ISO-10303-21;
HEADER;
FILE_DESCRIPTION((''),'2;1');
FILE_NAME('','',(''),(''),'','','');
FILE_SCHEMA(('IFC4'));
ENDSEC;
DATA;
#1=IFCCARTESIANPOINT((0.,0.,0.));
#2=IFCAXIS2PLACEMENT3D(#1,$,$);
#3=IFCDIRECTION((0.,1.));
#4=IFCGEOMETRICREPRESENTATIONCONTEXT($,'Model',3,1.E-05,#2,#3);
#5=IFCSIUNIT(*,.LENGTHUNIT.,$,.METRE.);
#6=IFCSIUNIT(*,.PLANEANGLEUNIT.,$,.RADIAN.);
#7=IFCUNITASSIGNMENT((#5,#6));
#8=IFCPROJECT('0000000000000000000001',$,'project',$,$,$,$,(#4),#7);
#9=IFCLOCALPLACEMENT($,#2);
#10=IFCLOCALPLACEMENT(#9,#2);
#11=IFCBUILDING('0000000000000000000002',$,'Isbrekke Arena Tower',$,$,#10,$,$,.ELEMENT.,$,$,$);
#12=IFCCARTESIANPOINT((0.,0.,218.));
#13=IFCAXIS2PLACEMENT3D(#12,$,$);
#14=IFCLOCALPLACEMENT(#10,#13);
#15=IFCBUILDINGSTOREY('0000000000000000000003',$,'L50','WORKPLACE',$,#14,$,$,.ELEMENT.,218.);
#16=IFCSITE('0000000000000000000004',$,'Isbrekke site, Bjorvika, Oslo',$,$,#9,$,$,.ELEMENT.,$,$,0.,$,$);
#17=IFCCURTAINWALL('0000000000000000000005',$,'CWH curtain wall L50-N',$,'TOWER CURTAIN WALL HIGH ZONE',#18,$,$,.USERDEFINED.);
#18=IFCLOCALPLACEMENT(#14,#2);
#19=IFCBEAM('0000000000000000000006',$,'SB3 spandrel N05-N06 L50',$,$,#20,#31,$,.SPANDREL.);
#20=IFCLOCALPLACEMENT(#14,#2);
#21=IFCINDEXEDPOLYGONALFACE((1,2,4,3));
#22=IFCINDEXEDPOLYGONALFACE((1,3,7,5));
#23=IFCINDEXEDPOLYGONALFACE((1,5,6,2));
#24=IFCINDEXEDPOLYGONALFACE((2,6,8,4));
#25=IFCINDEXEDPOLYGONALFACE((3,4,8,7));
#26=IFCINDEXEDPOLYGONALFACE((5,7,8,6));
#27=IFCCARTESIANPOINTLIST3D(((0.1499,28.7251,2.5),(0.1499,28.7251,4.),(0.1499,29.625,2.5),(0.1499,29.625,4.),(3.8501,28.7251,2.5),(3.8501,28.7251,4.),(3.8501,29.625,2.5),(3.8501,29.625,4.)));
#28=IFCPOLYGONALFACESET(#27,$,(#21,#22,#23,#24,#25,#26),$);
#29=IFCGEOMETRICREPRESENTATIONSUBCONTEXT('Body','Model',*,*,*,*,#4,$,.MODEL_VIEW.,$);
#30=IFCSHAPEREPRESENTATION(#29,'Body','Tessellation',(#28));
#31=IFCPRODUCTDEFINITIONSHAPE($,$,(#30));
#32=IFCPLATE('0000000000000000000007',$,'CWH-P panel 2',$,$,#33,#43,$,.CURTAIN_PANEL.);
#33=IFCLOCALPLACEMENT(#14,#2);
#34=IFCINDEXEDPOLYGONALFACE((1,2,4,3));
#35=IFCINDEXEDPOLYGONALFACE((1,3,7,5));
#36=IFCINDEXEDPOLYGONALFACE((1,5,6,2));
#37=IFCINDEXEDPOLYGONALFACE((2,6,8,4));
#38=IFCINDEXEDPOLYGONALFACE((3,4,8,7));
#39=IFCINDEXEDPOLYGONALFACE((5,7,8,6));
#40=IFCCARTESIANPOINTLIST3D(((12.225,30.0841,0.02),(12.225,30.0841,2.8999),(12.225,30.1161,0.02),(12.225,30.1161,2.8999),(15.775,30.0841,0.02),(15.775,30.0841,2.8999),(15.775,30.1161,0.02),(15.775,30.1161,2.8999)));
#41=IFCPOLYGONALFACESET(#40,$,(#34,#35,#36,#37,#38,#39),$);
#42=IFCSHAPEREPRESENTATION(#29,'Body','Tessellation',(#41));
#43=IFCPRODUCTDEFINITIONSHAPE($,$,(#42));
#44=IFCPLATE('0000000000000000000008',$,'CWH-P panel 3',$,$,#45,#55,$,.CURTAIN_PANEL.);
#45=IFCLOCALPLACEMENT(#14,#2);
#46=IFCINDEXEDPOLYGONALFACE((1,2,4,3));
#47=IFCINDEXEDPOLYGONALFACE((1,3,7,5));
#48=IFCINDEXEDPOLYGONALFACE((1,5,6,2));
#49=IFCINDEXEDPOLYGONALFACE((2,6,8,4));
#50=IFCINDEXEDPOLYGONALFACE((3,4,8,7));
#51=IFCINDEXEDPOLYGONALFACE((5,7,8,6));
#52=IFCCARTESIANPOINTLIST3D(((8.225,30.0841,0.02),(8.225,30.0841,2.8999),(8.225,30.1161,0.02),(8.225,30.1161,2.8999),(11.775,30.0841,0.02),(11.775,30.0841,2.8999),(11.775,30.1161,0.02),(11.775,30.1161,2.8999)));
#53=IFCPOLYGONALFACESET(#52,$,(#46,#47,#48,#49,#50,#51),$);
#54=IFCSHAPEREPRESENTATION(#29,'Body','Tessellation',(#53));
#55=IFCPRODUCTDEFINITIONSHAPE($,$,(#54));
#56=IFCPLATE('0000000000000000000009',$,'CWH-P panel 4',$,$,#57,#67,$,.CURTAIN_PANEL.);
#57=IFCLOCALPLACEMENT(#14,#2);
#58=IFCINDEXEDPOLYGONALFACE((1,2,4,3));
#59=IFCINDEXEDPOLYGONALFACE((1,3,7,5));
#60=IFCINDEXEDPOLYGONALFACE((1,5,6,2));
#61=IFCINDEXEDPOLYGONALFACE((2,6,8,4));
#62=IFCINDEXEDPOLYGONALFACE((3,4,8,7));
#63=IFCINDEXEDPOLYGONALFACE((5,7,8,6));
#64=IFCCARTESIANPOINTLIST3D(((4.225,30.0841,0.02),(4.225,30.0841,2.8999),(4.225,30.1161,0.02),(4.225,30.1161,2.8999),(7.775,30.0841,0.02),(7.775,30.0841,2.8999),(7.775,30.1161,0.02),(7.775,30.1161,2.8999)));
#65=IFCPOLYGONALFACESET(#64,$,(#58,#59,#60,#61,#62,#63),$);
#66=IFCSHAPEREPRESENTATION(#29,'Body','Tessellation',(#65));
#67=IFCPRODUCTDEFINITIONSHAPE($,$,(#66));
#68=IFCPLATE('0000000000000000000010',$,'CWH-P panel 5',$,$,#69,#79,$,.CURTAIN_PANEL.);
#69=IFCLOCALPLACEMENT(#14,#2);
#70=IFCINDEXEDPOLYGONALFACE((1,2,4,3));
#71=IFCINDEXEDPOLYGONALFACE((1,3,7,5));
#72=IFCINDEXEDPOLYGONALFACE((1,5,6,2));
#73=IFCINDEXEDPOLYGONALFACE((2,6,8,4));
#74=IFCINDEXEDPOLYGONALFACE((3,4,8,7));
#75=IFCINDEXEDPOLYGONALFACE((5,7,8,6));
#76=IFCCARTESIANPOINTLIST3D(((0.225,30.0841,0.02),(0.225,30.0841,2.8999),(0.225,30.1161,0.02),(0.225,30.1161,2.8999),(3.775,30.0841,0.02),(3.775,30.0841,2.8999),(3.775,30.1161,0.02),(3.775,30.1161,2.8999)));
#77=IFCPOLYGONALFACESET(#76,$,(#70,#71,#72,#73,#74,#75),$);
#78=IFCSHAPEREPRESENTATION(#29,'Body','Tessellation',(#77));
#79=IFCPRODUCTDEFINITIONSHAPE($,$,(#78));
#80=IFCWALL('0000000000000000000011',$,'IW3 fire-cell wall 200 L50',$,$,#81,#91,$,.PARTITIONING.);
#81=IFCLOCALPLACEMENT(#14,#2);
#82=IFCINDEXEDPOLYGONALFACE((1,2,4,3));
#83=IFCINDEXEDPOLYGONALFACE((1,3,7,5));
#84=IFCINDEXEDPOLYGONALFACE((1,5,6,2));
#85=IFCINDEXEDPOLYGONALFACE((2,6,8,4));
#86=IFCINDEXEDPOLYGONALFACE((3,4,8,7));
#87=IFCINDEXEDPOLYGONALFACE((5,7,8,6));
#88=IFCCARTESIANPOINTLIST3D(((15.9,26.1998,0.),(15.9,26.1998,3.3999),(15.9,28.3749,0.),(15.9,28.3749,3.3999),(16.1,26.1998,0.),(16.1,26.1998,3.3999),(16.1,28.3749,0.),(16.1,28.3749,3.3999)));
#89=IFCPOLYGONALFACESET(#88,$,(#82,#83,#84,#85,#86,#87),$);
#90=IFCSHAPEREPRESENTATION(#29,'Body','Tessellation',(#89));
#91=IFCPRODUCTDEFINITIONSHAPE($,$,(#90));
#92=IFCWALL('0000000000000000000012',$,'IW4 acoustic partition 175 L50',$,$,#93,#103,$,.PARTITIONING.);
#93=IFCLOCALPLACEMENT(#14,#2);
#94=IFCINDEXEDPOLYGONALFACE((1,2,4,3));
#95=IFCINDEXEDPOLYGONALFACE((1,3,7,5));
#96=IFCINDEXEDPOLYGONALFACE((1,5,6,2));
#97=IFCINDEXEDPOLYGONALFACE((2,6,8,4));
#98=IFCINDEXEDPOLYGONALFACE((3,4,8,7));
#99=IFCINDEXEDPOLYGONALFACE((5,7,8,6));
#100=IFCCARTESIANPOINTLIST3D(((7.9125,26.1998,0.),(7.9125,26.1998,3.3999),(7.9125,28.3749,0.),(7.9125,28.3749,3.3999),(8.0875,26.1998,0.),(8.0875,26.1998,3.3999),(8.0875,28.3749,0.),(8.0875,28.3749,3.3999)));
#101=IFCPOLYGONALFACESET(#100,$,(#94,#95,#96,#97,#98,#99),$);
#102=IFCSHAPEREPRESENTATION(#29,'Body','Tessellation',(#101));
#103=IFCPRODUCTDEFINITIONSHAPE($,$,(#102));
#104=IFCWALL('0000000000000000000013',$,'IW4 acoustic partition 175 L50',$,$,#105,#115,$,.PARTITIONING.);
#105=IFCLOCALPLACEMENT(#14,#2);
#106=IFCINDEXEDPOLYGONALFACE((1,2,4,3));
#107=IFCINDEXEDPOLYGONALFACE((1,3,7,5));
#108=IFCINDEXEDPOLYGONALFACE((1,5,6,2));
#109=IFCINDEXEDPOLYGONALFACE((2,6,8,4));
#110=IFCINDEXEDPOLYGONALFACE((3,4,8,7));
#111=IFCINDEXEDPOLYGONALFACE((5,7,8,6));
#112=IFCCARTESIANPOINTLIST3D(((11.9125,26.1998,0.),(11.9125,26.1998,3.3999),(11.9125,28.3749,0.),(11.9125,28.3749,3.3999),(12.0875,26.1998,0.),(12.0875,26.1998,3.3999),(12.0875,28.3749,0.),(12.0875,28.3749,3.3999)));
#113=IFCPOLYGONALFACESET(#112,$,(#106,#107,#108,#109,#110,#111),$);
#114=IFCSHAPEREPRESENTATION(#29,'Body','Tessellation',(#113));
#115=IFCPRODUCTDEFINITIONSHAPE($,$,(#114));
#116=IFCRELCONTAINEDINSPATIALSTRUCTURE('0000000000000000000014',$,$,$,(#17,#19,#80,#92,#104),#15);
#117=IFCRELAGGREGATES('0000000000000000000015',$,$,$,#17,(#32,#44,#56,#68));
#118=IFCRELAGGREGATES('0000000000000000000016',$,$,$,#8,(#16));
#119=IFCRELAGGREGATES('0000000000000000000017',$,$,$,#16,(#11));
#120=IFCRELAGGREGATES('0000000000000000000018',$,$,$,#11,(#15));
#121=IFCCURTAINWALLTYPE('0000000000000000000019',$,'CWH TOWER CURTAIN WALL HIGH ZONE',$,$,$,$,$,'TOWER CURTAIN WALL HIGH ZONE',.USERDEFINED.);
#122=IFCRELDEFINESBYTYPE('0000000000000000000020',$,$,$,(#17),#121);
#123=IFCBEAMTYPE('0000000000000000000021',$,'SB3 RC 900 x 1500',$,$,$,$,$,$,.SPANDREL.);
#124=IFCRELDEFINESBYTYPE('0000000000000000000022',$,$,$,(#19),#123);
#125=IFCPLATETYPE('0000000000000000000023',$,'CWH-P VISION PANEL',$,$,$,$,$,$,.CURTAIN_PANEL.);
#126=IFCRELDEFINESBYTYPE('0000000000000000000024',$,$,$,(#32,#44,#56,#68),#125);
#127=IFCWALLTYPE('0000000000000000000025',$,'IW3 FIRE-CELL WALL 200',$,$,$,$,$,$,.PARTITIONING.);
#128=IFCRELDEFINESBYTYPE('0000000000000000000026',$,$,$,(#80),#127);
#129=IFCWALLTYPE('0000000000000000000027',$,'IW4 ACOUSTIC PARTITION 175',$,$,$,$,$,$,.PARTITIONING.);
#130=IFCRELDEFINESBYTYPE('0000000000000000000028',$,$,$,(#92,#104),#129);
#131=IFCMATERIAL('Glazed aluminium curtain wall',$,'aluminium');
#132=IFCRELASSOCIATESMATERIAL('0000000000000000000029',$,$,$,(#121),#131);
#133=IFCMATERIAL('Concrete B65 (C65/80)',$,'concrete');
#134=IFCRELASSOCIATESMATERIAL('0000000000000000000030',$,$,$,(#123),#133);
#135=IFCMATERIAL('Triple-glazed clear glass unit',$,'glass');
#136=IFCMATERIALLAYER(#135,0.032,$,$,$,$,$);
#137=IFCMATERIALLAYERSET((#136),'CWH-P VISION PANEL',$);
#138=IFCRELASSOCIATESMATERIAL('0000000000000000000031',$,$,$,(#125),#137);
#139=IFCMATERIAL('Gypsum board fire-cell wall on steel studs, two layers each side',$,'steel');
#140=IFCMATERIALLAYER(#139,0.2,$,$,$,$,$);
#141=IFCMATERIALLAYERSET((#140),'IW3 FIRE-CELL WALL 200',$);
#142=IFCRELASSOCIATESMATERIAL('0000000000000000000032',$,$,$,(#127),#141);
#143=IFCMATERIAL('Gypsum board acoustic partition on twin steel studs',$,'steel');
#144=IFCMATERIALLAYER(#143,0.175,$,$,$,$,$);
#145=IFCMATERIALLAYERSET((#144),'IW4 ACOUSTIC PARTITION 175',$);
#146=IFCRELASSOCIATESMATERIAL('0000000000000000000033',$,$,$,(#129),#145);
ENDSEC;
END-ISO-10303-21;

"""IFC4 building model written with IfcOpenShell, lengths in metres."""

from ifc_helpers import new_model, si_unit, direction, frame, frame_2d, origin, origin_2d, place, context, subcontext, project, spatial, rectangle, extrude, material, layer, layer_set, material_profile, profile_set, type_object, element, aggregate, save


model = new_model("IFC4")

# Units and contexts
model_context = context("Model", 3, precision=1e-05, world=origin(), true_north=direction((0.0, 1.0)))
body_context = subcontext(model_context, "Body", "Model", "MODEL_VIEW")
ifc_project = project(units=[si_unit("LENGTHUNIT", "METRE"), si_unit("PLANEANGLEUNIT", "RADIAN")], contexts=[model_context])

# Site, building, storey
site_placement = place(None, origin())
site = spatial("IfcSite", under=ifc_project, at=site_placement, Name="Isbrekke site, Bjorvika, Oslo", CompositionType="ELEMENT", RefElevation=0.0)
building_placement = place(site_placement, origin())
building = spatial("IfcBuilding", under=site, at=building_placement, Name="Isbrekke Arena Tower", CompositionType="ELEMENT")
storey_placement = place(building_placement, frame((0.0, 0.0, 218.0)))
storey = spatial("IfcBuildingStorey", under=building, at=storey_placement, Name="L50", Description="WORKPLACE", CompositionType="ELEMENT", Elevation=218.0)

# Curtain wall
ifc_material_1 = material(Name="Glazed aluminium curtain wall", Category="aluminium")
curtain_wall_type = type_object("IfcCurtainWallType", Name="CWH TOWER CURTAIN WALL HIGH ZONE", ElementType="TOWER CURTAIN WALL HIGH ZONE", PredefinedType="USERDEFINED", material=ifc_material_1)
curtain_wall_placement = place(storey_placement, origin())
curtain_wall = element("IfcCurtainWall", 1, at=curtain_wall_placement, inside=storey, type_object=curtain_wall_type, Name="CWH curtain wall L50-N", ObjectType="TOWER CURTAIN WALL HIGH ZONE", PredefinedType="USERDEFINED")

# Beam
ifc_material_2 = material(Name="Concrete B65 (C65/80)", Category="concrete")
ifc_material_profile_1 = material_profile(ifc_material_2, rectangle(XDim=0.8999, YDim=1.5, at=origin_2d()), Name="RC 900x1500")
ifc_profile_set_1 = profile_set([ifc_material_profile_1], Name="Concrete B65 (C65/80)")
beam_type_1 = type_object("IfcBeamType", Name="SB3 RC 900 x 1500", PredefinedType="SPANDREL", material=ifc_profile_set_1)
for number, where, z_axis, x_axis, name in (
    (2, (3.8501, 29.175, 3.25), (-1.0, 0.0, 0.0), (0.0, -1.0, 0.0), "SB3 spandrel N05-N06 L50"),
):
    element("IfcBeam", number, at=place(storey_placement, frame(where, z_axis=z_axis, x_axis=x_axis)), inside=storey, type_object=beam_type_1, Name=name, PredefinedType="SPANDREL", context=body_context, shape_type="SweptSolid", body=[
        extrude(rectangle(XDim=0.8999, YDim=1.5, at=origin_2d()), origin(), (0.0, 0.0, 1.0), 3.7002),
    ])

# Plates
ifc_material_3 = material(Name="Triple-glazed clear glass unit", Category="glass")
ifc_layer_1 = layer(ifc_material_3, 0.032)
ifc_layer_set_1 = layer_set([ifc_layer_1], Name="CWH-P VISION PANEL")
plate_type = type_object("IfcPlateType", Name="CWH-P VISION PANEL", PredefinedType="CURTAIN_PANEL", material=ifc_layer_set_1)
plate_1_placement = place(storey_placement, frame((14.0, 30.1001, 0.02), z_axis=(0.0, 0.0, 1.0), x_axis=(-1.0, 0.0, 0.0)))
plate_1 = element("IfcPlate", 3, at=plate_1_placement, type_object=plate_type, Name="CWH-P panel 2", PredefinedType="CURTAIN_PANEL", context=body_context, shape_type="SweptSolid", body=[
    extrude(rectangle(XDim=3.55, YDim=0.032, at=origin_2d()), origin(), (0.0, 0.0, 1.0), 2.8799),
])
plate_2_placement = place(storey_placement, frame((10.0, 30.1001, 0.02), z_axis=(0.0, 0.0, 1.0), x_axis=(-1.0, 0.0, 0.0)))
plate_2 = element("IfcPlate", 4, at=plate_2_placement, type_object=plate_type, Name="CWH-P panel 3", PredefinedType="CURTAIN_PANEL", context=body_context, shape_type="SweptSolid", body=[
    extrude(rectangle(XDim=3.55, YDim=0.032, at=origin_2d()), origin(), (0.0, 0.0, 1.0), 2.8799),
])
plate_3_placement = place(storey_placement, frame((6.0, 30.1001, 0.02), z_axis=(0.0, 0.0, 1.0), x_axis=(-1.0, 0.0, 0.0)))
plate_3 = element("IfcPlate", 5, at=plate_3_placement, type_object=plate_type, Name="CWH-P panel 4", PredefinedType="CURTAIN_PANEL", context=body_context, shape_type="SweptSolid", body=[
    extrude(rectangle(XDim=3.55, YDim=0.032, at=origin_2d()), origin(), (0.0, 0.0, 1.0), 2.8799),
])
plate_4_placement = place(storey_placement, frame((2.0, 30.1001, 0.02), z_axis=(0.0, 0.0, 1.0), x_axis=(-1.0, 0.0, 0.0)))
plate_4 = element("IfcPlate", 6, at=plate_4_placement, type_object=plate_type, Name="CWH-P panel 5", PredefinedType="CURTAIN_PANEL", context=body_context, shape_type="SweptSolid", body=[
    extrude(rectangle(XDim=3.55, YDim=0.032, at=origin_2d()), origin(), (0.0, 0.0, 1.0), 2.8799),
])
aggregate(curtain_wall, [plate_1, plate_2, plate_3, plate_4])

# Walls
ifc_material_4 = material(Name="Gypsum board fire-cell wall on steel studs, two layers each side", Category="steel")
ifc_layer_2 = layer(ifc_material_4, 0.2)
ifc_layer_set_2 = layer_set([ifc_layer_2], Name="IW3 FIRE-CELL WALL 200")
wall_type_1 = type_object("IfcWallType", Name="IW3 FIRE-CELL WALL 200", PredefinedType="PARTITIONING", material=ifc_layer_set_2)
wall_placement = place(storey_placement, frame((16.0, 26.2, 0.0), z_axis=(0.0, 0.0, 1.0), x_axis=(0.0, 1.0, 0.0)))
element("IfcWall", 7, at=wall_placement, inside=storey, type_object=wall_type_1, Name="IW3 fire-cell wall 200 L50", PredefinedType="PARTITIONING", context=body_context, shape_type="SweptSolid", body=[
    extrude(rectangle(XDim=2.175, YDim=0.2, at=frame_2d((1.0874, 0.0))), origin(), (0.0, 0.0, 1.0), 3.3999),
])
ifc_material_5 = material(Name="Gypsum board acoustic partition on twin steel studs", Category="steel")
ifc_layer_3 = layer(ifc_material_5, 0.175)
ifc_layer_set_3 = layer_set([ifc_layer_3], Name="IW4 ACOUSTIC PARTITION 175")
wall_type_2 = type_object("IfcWallType", Name="IW4 ACOUSTIC PARTITION 175", PredefinedType="PARTITIONING", material=ifc_layer_set_3)
for number, where, z_axis, x_axis, name in (
    (8, (8.0, 26.2, 0.0), (0.0, 0.0, 1.0), (0.0, 1.0, 0.0), "IW4 acoustic partition 175 L50"),
    (9, (12.0, 26.2, 0.0), (0.0, 0.0, 1.0), (0.0, 1.0, 0.0), "IW4 acoustic partition 175 L50"),
):
    element("IfcWall", number, at=place(storey_placement, frame(where, z_axis=z_axis, x_axis=x_axis)), inside=storey, type_object=wall_type_2, Name=name, PredefinedType="PARTITIONING", context=body_context, shape_type="SweptSolid", body=[
        extrude(rectangle(XDim=2.175, YDim=0.175, at=frame_2d((1.0874, 0.0))), origin(), (0.0, 0.0, 1.0), 3.3999),
    ])

save(model, "model.ifc")
